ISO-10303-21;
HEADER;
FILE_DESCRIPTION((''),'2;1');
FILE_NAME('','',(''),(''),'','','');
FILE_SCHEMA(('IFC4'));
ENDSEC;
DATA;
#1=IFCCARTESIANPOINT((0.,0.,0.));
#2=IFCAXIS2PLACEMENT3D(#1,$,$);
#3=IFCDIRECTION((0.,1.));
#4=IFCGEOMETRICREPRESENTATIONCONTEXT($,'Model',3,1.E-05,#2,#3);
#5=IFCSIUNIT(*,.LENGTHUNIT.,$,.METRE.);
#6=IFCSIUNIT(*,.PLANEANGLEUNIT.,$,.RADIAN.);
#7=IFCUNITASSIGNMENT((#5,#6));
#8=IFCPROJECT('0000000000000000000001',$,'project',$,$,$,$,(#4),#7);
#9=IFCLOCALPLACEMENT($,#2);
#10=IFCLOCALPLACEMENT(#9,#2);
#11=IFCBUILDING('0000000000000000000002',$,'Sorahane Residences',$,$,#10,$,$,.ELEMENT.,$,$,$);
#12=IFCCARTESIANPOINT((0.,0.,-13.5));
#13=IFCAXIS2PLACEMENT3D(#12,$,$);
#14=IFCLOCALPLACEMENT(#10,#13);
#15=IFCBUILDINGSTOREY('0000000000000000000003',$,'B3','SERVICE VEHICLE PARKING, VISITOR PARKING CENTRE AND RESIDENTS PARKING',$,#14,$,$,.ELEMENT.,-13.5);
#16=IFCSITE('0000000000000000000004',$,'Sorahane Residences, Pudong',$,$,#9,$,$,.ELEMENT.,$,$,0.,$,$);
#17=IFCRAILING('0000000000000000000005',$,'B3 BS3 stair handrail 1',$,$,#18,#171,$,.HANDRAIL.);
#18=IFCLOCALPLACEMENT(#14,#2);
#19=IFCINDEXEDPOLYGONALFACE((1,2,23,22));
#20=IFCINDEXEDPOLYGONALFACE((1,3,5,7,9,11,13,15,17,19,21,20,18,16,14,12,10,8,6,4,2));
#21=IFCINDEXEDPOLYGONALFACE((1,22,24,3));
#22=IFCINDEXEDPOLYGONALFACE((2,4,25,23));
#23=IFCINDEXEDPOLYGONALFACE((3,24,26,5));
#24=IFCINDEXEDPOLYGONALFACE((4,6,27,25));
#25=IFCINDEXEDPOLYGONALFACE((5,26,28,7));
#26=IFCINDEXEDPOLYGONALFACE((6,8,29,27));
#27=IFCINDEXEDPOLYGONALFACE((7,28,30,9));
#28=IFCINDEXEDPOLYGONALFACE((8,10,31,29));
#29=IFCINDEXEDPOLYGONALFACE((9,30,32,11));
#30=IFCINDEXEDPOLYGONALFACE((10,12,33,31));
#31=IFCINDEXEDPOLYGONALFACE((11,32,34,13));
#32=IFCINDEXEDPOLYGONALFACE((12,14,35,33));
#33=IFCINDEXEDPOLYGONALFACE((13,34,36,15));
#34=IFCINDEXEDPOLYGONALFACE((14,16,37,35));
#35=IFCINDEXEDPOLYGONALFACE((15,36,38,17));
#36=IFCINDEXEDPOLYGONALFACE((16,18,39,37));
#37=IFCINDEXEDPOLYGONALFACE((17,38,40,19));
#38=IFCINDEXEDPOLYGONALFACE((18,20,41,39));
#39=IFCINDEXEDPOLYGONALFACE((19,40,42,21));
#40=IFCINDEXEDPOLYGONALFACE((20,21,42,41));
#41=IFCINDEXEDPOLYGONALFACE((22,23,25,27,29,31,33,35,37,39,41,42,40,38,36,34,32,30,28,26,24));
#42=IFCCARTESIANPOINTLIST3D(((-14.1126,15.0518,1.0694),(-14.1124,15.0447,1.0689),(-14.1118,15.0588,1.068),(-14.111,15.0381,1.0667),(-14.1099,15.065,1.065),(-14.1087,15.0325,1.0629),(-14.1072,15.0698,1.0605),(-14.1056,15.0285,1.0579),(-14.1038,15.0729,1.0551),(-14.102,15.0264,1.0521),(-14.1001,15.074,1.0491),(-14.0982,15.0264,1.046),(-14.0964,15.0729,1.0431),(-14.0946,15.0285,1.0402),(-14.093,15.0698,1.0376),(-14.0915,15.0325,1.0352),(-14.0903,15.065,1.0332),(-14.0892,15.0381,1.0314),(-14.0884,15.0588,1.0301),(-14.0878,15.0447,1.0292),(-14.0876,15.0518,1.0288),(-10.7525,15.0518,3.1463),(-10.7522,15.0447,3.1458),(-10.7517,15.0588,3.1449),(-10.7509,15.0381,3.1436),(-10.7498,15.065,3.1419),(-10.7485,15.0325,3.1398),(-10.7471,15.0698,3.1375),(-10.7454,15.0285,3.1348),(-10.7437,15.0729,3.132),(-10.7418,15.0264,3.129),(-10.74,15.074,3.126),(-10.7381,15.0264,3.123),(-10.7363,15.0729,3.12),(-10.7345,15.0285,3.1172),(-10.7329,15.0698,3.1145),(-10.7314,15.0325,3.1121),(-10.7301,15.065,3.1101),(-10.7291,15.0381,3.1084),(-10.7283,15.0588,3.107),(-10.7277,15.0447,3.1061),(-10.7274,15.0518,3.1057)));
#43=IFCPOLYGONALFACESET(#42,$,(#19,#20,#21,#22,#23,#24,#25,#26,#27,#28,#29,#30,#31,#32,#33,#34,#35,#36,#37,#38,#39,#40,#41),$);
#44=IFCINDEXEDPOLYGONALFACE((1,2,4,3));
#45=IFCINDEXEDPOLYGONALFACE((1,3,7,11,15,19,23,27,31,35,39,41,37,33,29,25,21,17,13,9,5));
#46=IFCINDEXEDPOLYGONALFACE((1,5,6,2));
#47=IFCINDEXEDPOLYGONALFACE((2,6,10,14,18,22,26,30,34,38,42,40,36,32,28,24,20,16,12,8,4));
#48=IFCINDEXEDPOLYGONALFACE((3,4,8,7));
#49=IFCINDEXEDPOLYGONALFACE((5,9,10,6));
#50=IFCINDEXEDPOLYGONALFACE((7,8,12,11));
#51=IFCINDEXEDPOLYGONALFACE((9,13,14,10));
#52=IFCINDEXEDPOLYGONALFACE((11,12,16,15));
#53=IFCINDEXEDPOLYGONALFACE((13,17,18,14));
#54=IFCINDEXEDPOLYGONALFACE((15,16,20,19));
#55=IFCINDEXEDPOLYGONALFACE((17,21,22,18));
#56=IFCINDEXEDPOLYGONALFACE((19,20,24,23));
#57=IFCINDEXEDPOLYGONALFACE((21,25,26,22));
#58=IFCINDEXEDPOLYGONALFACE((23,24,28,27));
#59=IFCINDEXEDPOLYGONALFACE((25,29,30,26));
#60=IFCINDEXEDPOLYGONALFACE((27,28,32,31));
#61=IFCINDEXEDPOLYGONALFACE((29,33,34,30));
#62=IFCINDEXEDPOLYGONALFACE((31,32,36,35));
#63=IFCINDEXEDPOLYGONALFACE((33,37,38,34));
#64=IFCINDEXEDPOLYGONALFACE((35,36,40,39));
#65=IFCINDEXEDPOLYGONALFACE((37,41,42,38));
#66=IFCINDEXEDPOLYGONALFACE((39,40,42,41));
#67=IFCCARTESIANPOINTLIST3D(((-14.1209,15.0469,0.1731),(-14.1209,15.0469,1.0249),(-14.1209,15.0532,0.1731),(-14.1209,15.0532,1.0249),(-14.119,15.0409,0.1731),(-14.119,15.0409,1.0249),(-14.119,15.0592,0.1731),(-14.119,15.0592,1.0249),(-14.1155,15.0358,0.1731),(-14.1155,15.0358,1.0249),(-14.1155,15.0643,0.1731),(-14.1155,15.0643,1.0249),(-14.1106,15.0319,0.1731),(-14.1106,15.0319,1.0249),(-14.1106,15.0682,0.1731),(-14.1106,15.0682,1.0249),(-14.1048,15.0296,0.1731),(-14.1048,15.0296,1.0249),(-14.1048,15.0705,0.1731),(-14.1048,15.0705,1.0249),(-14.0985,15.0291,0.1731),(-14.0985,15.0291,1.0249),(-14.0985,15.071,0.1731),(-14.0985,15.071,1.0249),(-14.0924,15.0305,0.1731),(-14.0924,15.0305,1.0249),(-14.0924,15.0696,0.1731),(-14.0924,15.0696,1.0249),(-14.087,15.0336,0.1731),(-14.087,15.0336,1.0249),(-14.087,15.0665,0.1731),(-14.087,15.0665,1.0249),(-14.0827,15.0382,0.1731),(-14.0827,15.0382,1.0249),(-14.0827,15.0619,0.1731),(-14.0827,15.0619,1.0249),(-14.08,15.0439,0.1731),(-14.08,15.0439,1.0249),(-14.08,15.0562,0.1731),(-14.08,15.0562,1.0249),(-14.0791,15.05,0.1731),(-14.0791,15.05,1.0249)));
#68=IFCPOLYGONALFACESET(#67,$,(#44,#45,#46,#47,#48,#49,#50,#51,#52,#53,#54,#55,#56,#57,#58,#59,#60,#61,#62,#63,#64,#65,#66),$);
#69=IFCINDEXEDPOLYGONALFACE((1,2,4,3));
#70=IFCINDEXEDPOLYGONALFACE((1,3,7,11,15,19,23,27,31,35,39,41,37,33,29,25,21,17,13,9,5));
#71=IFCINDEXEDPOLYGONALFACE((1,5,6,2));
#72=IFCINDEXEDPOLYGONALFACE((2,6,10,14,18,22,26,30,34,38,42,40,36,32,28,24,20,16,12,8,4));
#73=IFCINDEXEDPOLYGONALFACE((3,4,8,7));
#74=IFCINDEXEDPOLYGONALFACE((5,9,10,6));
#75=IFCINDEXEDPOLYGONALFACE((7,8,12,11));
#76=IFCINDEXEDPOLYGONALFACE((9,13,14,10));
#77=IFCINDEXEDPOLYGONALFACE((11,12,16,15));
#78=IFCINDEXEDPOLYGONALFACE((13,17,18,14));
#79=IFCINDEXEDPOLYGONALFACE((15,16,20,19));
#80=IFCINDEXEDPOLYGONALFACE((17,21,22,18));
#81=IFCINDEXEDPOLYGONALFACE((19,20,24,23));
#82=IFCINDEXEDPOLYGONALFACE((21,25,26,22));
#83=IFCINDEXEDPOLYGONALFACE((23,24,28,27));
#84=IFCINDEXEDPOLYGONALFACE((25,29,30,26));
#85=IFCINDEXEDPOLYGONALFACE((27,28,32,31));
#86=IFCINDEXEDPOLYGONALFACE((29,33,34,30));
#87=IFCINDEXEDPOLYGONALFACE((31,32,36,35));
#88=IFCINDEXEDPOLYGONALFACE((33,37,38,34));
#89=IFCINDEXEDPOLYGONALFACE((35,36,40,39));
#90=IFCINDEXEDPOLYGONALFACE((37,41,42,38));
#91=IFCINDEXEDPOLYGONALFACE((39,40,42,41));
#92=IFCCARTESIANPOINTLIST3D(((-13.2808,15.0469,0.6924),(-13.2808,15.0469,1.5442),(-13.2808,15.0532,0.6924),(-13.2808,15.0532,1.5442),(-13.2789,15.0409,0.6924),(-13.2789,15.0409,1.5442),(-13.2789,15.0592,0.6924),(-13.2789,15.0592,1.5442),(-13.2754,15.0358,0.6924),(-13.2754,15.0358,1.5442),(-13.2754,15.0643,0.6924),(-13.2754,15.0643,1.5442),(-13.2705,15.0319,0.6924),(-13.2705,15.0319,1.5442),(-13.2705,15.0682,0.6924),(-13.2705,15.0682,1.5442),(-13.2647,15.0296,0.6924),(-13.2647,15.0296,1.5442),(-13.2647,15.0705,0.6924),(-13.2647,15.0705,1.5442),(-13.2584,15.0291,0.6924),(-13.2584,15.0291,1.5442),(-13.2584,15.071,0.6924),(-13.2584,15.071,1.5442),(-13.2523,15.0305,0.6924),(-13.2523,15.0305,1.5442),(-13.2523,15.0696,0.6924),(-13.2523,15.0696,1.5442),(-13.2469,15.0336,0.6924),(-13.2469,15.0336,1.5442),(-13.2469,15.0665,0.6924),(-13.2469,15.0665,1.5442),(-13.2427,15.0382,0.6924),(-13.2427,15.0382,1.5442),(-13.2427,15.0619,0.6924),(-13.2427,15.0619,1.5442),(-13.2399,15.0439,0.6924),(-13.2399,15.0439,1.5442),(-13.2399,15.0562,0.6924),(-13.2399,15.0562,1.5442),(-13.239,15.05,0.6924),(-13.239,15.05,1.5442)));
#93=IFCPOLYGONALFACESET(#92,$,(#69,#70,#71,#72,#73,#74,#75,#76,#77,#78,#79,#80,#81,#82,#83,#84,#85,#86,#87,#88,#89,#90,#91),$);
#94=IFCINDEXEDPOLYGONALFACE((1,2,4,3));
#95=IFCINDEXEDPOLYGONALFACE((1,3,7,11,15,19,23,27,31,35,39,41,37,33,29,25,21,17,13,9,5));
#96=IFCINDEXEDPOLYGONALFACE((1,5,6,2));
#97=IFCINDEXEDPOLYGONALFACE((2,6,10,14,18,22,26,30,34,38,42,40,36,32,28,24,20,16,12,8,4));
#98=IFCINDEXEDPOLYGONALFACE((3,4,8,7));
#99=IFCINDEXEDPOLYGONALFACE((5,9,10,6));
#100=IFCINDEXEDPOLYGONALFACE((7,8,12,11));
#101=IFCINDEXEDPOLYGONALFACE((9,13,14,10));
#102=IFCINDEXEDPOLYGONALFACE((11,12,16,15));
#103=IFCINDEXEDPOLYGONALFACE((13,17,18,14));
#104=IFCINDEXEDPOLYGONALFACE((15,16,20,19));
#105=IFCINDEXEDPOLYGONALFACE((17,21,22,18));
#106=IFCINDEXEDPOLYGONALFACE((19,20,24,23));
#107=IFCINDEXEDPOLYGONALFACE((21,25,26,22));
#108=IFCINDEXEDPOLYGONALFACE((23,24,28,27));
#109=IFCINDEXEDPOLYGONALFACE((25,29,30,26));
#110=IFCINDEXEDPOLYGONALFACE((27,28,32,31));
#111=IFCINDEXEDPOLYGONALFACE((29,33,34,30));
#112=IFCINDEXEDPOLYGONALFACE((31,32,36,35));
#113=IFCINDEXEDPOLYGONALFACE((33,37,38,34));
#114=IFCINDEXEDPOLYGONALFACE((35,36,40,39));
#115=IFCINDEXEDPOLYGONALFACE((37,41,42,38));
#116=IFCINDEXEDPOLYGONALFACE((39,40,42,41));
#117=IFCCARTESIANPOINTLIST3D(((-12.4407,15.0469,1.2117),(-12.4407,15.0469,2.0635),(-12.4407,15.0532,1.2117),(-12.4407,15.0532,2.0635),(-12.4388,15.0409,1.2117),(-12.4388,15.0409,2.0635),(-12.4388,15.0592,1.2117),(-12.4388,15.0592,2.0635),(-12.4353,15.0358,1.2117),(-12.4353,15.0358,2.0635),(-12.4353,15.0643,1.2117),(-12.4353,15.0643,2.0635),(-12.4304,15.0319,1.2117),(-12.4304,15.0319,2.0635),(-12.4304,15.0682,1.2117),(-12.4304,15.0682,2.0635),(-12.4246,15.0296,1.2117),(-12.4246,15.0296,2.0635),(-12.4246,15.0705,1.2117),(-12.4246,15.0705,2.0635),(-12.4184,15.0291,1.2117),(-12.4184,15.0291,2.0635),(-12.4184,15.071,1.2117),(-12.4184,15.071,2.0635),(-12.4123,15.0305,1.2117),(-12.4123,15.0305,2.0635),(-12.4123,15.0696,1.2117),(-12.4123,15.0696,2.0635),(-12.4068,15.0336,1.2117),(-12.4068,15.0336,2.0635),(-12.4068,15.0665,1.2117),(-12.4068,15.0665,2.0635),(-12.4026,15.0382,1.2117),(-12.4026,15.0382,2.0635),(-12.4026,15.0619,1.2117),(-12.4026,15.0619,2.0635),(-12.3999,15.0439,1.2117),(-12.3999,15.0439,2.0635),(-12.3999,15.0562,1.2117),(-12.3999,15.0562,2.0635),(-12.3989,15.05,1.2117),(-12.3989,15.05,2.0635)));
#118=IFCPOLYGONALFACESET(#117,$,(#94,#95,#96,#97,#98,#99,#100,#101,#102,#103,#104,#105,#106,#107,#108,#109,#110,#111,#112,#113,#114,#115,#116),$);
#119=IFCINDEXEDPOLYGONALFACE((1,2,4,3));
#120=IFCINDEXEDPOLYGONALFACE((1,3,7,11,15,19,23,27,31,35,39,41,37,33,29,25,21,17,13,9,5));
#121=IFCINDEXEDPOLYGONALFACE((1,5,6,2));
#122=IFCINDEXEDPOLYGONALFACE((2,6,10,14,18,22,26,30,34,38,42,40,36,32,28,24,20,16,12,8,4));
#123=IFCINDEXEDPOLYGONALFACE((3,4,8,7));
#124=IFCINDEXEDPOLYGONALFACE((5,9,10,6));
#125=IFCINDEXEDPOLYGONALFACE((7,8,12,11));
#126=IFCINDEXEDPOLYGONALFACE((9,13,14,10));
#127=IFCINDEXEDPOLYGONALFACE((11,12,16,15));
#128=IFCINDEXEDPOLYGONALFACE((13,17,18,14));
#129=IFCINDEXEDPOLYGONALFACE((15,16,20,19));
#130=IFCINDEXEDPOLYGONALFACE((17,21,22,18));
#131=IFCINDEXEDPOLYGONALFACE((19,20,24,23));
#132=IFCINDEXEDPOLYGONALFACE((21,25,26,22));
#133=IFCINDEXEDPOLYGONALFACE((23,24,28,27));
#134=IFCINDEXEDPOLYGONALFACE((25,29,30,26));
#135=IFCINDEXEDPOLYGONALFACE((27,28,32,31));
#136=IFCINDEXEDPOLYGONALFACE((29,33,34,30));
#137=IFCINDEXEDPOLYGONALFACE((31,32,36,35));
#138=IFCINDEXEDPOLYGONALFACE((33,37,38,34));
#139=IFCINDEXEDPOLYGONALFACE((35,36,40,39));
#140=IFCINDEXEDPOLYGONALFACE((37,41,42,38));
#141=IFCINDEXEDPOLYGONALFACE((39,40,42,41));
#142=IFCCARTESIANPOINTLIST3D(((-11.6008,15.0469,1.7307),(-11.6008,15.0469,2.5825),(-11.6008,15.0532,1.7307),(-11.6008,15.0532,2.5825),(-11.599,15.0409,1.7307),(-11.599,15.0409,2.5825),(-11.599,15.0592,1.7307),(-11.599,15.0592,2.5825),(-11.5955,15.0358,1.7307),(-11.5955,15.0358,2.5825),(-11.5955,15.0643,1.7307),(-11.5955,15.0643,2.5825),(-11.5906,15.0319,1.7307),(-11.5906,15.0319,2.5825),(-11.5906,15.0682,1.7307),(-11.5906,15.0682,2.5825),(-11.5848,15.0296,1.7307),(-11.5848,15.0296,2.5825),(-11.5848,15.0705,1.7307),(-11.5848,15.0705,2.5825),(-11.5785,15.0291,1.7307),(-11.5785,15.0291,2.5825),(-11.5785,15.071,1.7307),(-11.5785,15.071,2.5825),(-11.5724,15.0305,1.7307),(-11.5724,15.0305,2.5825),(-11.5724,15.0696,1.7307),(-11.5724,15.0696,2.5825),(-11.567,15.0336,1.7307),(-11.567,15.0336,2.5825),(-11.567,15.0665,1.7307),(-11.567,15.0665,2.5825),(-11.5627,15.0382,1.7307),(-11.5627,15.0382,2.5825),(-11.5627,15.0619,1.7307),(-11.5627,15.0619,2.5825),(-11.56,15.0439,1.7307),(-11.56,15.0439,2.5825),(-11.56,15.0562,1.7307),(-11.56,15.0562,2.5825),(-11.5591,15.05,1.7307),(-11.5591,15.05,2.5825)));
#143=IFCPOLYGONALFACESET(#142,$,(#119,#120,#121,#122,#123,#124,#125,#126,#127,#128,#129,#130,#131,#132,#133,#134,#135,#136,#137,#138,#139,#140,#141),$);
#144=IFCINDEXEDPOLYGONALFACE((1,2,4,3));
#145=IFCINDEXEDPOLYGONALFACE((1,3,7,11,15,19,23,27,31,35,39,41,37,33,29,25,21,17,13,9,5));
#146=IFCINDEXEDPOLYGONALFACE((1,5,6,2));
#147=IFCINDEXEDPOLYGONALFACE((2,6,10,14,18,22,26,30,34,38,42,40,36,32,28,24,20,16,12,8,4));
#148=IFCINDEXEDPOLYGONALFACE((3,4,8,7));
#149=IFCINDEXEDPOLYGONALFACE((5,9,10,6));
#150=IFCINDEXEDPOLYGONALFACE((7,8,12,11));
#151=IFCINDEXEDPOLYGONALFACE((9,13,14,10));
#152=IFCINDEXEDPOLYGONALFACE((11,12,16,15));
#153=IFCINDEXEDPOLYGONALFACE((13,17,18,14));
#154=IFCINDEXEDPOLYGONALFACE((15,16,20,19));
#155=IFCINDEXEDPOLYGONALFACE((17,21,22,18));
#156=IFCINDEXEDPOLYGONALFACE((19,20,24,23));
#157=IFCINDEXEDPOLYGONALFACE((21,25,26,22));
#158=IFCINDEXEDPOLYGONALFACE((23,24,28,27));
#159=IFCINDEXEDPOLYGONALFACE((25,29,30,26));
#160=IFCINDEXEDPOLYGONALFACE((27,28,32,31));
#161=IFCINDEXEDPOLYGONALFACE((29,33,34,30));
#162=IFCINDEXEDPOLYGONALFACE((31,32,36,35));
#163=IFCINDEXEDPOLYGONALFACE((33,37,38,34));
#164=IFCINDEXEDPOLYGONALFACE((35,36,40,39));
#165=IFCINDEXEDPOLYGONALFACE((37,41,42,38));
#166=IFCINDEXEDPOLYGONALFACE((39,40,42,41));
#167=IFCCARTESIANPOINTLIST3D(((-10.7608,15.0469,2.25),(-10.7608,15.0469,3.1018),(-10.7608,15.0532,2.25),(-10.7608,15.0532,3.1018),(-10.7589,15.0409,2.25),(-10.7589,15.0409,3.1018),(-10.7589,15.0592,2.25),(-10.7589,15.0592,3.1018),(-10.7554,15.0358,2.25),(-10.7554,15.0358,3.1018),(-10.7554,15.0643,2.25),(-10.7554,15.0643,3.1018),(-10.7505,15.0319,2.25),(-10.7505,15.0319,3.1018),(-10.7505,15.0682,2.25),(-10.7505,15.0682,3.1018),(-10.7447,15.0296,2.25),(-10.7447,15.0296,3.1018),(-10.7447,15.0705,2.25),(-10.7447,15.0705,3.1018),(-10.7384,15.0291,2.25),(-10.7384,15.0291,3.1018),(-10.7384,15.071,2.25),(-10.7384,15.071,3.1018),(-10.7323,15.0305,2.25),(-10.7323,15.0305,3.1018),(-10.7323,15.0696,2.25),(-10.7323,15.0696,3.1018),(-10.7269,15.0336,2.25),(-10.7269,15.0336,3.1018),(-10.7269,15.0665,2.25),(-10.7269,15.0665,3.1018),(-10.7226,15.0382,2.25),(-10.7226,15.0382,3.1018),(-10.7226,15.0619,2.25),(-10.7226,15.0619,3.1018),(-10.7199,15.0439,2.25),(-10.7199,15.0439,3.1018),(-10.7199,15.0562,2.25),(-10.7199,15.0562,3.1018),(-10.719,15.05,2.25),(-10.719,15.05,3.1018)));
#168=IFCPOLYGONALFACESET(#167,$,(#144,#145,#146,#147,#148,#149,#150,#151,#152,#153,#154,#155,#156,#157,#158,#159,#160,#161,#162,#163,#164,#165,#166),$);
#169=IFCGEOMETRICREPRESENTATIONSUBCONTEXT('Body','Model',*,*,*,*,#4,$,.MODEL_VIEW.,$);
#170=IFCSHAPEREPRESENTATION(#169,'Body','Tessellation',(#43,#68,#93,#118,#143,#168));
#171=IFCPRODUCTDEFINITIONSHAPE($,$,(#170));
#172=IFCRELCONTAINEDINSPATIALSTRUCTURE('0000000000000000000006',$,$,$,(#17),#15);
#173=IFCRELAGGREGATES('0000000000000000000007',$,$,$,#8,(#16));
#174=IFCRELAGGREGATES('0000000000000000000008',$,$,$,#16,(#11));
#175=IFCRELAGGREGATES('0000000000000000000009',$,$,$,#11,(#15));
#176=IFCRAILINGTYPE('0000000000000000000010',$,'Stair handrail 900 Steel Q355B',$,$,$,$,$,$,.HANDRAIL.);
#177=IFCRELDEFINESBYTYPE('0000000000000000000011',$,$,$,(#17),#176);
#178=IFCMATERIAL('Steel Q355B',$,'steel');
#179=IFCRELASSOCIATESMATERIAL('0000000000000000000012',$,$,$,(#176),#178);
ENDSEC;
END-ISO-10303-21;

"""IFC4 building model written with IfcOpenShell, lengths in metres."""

from ifc_helpers import new_model, si_unit, direction, frame, origin, origin_2d, place, context, subcontext, project, spatial, circle, extrude, material, type_object, element, save


model = new_model("IFC4")

# Units and contexts
model_context = context("Model", 3, precision=1e-05, world=origin(), true_north=direction((0.0, 1.0)))
body_context = subcontext(model_context, "Body", "Model", "MODEL_VIEW")
ifc_project = project(units=[si_unit("LENGTHUNIT", "METRE"), si_unit("PLANEANGLEUNIT", "RADIAN")], contexts=[model_context])

# Site, building, storey
site_placement = place(None, origin())
site = spatial("IfcSite", under=ifc_project, at=site_placement, Name="Sorahane Residences, Pudong", CompositionType="ELEMENT", RefElevation=0.0)
building_placement = place(site_placement, origin())
building = spatial("IfcBuilding", under=site, at=building_placement, Name="Sorahane Residences", CompositionType="ELEMENT")
storey_placement = place(building_placement, frame((0.0, 0.0, -13.5)))
storey = spatial("IfcBuildingStorey", under=building, at=storey_placement, Name="B3", Description="SERVICE VEHICLE PARKING, VISITOR PARKING CENTRE AND RESIDENTS PARKING", CompositionType="ELEMENT", Elevation=-13.5)

# Railing
ifc_material_1 = material(Name="Steel Q355B", Category="steel")
railing_type_1 = type_object("IfcRailingType", Name="Stair handrail 900 Steel Q355B", PredefinedType="HANDRAIL", material=ifc_material_1)
railing_1_placement = place(storey_placement, frame((-14.1001, 15.05, 0.1731)))
element("IfcRailing", 1, at=railing_1_placement, inside=storey, type_object=railing_type_1, Name="B3 BS3 stair handrail 1", PredefinedType="HANDRAIL", context=body_context, shape_type="SweptSolid", body=[
    extrude(circle(Radius=0.0239, at=origin_2d()), frame((0.0, 0.0, 0.876), z_axis=(0.850623, 0.0, 0.525776), x_axis=(0.0, 1.0, 0.0)), (0.0, 0.0, 1.0), 3.9502),
    extrude(circle(Radius=0.021, at=origin_2d()), origin(), (0.0, 0.0, 1.0), 0.8518),
    extrude(circle(Radius=0.021, at=origin_2d()), frame((0.8401, 0.0, 0.5193)), (0.0, 0.0, 1.0), 0.8518),
    extrude(circle(Radius=0.021, at=origin_2d()), frame((1.6802, 0.0, 1.0386)), (0.0, 0.0, 1.0), 0.8518),
    extrude(circle(Radius=0.021, at=origin_2d()), frame((2.52, 0.0, 1.5576)), (0.0, 0.0, 1.0), 0.8518),
    extrude(circle(Radius=0.021, at=origin_2d()), frame((3.3601, 0.0, 2.0769)), (0.0, 0.0, 1.0), 0.8518),
])

save(model, "model.ifc")
